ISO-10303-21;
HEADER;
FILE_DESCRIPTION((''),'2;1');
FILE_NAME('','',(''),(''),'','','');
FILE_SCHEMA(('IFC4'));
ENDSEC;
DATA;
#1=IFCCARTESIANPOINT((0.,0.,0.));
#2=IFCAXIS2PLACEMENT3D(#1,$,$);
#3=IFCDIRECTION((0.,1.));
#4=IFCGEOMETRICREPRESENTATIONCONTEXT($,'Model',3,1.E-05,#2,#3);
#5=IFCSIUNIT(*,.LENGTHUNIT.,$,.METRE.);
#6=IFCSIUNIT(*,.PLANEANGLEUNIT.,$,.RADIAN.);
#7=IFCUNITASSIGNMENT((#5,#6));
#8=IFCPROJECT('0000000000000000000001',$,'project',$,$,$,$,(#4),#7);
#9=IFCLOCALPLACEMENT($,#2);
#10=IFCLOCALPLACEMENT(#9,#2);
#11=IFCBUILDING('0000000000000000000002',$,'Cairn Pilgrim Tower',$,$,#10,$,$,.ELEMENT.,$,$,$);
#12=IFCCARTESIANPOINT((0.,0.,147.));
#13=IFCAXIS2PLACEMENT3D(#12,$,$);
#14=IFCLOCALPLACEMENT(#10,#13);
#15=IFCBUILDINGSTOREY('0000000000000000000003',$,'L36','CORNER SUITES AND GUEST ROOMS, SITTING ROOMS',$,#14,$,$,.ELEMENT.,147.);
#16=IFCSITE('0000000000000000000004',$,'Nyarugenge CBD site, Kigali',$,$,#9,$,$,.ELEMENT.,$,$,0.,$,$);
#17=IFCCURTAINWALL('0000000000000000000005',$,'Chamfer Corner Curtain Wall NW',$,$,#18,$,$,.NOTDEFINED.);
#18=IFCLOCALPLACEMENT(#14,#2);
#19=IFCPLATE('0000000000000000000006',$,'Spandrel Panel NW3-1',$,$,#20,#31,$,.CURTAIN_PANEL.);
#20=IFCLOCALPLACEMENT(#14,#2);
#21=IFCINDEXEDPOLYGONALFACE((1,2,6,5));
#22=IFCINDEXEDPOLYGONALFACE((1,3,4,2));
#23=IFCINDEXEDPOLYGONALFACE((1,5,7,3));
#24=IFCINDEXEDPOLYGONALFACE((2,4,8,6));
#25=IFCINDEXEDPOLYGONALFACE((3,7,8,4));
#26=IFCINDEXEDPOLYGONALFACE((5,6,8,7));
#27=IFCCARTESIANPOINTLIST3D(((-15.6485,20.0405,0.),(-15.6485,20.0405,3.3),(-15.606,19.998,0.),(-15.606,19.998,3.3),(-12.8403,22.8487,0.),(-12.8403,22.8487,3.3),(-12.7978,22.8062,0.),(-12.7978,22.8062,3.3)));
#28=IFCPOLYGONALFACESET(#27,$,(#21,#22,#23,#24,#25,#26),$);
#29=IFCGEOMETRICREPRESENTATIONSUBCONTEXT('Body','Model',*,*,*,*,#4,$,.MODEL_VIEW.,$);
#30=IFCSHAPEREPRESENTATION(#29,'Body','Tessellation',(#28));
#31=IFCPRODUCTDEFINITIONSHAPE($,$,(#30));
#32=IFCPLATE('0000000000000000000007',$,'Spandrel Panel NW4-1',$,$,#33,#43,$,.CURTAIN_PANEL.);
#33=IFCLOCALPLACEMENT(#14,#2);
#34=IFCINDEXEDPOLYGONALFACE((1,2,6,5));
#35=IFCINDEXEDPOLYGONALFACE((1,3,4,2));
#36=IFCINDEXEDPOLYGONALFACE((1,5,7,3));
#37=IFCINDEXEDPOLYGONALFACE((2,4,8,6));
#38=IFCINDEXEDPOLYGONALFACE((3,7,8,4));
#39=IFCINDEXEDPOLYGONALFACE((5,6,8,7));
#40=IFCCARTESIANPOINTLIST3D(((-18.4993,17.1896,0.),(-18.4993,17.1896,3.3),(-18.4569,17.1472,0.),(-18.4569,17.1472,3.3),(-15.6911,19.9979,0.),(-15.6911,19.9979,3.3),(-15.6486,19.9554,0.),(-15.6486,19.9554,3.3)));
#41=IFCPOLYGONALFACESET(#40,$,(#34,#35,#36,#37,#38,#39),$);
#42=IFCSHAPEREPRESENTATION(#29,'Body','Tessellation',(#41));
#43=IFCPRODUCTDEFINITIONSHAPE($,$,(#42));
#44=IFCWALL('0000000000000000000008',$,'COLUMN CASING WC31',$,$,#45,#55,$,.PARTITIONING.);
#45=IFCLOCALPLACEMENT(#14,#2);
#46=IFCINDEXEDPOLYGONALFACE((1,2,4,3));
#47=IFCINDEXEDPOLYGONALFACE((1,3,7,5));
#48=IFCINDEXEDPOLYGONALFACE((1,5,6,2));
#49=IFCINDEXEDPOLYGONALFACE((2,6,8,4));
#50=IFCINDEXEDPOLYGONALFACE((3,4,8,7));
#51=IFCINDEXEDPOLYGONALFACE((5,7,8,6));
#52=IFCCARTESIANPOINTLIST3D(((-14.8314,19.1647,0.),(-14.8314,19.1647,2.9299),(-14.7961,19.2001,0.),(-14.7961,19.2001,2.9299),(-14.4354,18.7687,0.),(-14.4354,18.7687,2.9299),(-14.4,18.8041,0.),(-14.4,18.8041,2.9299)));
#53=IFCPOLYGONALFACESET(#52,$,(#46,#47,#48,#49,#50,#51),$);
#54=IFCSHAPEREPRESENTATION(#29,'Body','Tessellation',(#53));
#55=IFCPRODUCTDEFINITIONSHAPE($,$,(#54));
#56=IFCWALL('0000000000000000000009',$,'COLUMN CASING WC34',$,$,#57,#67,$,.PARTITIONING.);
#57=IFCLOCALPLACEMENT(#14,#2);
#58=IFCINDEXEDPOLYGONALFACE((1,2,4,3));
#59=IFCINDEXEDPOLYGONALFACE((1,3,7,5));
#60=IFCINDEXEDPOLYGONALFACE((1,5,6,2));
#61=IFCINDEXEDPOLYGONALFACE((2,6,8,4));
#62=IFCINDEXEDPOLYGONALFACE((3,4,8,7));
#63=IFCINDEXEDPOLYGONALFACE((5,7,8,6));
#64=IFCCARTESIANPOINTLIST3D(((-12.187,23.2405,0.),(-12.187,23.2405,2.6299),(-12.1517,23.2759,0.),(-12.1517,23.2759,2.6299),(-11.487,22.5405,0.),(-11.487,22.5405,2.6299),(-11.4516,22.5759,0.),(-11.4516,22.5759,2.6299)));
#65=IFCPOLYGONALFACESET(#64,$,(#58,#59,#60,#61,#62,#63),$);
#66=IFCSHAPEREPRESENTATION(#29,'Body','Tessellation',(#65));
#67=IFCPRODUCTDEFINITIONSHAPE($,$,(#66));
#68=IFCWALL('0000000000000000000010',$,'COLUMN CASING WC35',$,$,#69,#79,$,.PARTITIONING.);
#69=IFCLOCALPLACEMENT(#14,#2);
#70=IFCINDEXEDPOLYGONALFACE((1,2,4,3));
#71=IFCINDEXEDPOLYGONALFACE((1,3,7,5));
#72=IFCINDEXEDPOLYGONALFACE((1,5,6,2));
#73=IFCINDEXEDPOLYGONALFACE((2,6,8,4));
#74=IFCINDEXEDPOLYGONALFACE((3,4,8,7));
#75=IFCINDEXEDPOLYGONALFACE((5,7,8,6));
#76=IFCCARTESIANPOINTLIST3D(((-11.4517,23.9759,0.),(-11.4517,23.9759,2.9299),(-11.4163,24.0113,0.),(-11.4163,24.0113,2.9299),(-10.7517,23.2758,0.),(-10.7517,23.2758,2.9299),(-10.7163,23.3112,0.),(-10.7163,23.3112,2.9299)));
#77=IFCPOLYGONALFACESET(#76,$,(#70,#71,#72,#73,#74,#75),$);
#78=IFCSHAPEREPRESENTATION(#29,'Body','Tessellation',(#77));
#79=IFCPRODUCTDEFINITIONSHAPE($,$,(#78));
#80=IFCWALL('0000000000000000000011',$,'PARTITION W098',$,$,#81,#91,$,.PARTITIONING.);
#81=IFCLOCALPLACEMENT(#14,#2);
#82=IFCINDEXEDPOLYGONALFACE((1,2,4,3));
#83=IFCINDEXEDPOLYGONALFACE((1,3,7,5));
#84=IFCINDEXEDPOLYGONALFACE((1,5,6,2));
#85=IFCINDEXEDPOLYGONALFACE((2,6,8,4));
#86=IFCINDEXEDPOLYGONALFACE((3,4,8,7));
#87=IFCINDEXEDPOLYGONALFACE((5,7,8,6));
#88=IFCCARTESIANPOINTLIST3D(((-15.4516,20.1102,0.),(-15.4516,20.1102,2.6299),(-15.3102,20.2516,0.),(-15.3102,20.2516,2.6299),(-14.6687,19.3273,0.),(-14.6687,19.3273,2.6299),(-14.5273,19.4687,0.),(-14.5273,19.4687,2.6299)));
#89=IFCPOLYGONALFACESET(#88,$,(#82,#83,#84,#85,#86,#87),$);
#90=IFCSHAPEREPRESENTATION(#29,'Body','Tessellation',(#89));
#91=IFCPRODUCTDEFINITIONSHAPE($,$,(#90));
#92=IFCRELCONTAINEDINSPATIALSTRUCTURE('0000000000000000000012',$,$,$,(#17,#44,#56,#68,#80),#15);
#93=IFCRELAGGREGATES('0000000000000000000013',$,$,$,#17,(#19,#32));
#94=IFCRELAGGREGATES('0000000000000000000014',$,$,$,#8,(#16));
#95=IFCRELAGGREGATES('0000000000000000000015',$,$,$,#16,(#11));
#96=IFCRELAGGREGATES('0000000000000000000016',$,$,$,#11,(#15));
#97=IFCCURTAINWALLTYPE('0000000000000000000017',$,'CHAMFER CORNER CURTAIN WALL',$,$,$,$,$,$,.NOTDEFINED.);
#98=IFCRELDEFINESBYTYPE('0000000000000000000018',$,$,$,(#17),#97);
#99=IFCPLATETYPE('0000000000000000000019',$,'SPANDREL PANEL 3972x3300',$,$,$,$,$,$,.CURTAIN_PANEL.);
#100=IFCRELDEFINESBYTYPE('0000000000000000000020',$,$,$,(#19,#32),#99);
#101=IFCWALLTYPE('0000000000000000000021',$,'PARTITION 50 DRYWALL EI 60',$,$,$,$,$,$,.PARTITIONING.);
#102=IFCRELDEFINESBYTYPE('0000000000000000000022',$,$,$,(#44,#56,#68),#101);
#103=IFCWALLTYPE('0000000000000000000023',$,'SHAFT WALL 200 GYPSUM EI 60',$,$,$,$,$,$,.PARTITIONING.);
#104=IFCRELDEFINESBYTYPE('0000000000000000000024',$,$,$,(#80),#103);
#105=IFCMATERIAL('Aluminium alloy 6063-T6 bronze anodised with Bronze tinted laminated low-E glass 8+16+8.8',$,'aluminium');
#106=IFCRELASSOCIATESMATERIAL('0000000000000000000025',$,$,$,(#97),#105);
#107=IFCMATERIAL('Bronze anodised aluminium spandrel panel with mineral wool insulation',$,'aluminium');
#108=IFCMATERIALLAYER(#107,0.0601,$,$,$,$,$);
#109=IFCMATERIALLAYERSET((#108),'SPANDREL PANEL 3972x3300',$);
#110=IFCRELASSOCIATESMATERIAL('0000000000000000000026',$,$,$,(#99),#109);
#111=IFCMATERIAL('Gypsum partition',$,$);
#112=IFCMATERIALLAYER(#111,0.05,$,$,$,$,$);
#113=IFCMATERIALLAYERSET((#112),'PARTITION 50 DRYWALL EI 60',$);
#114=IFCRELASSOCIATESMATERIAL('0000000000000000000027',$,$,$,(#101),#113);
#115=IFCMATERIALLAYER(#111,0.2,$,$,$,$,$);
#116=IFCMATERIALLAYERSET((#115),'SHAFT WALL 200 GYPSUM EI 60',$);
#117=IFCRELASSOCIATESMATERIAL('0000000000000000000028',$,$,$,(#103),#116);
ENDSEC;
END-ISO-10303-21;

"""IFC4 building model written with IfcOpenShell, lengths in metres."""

from ifc_helpers import new_model, si_unit, direction, frame, frame_2d, origin, origin_2d, place, context, subcontext, project, spatial, rectangle, extrude, material, layer, layer_set, type_object, element, aggregate, save


model = new_model("IFC4")

# Units and contexts
model_context = context("Model", 3, precision=1e-05, world=origin(), true_north=direction((0.0, 1.0)))
body_context = subcontext(model_context, "Body", "Model", "MODEL_VIEW")
ifc_project = project(units=[si_unit("LENGTHUNIT", "METRE"), si_unit("PLANEANGLEUNIT", "RADIAN")], contexts=[model_context])

# Site, building, storey
site_placement = place(None, origin())
site = spatial("IfcSite", under=ifc_project, at=site_placement, Name="Nyarugenge CBD site, Kigali", CompositionType="ELEMENT", RefElevation=0.0)
building_placement = place(site_placement, origin())
building = spatial("IfcBuilding", under=site, at=building_placement, Name="Cairn Pilgrim Tower", CompositionType="ELEMENT")
storey_placement = place(building_placement, frame((0.0, 0.0, 147.0)))
storey = spatial("IfcBuildingStorey", under=building, at=storey_placement, Name="L36", Description="CORNER SUITES AND GUEST ROOMS, SITTING ROOMS", CompositionType="ELEMENT", Elevation=147.0)

# Curtain wall
ifc_material_1 = material(Name="Aluminium alloy 6063-T6 bronze anodised with Bronze tinted laminated low-E glass 8+16+8.8", Category="aluminium")
curtain_wall_type_1 = type_object("IfcCurtainWallType", Name="CHAMFER CORNER CURTAIN WALL", PredefinedType="NOTDEFINED", material=ifc_material_1)
curtain_wall_1_placement = place(storey_placement, origin())
curtain_wall_1 = element("IfcCurtainWall", 1, at=curtain_wall_1_placement, inside=storey, type_object=curtain_wall_type_1, Name="Chamfer Corner Curtain Wall NW", PredefinedType="NOTDEFINED")

# Plates
ifc_material_2 = material(Name="Bronze anodised aluminium spandrel panel with mineral wool insulation", Category="aluminium")
ifc_layer_1 = layer(ifc_material_2, 0.0601)
ifc_layer_set_1 = layer_set([ifc_layer_1], Name="SPANDREL PANEL 3972x3300")
plate_type = type_object("IfcPlateType", Name="SPANDREL PANEL 3972x3300", PredefinedType="CURTAIN_PANEL", material=ifc_layer_set_1)
plate_1_placement = place(storey_placement, frame((-14.2231, 21.4233, 0.0), z_axis=(0.0, 0.0, 1.0), x_axis=(-0.707107, -0.707107, 0.0)))
plate_1 = element("IfcPlate", 2, at=plate_1_placement, type_object=plate_type, Name="Spandrel Panel NW3-1", PredefinedType="CURTAIN_PANEL", context=body_context, shape_type="SweptSolid", body=[
    extrude(rectangle(XDim=3.9714, YDim=0.0601, at=origin_2d()), origin(), (0.0, 0.0, 1.0), 3.3),
])
plate_2_placement = place(storey_placement, frame((-17.074, 18.5725, 0.0), z_axis=(0.0, 0.0, 1.0), x_axis=(-0.707107, -0.707107, 0.0)))
plate_2 = element("IfcPlate", 3, at=plate_2_placement, type_object=plate_type, Name="Spandrel Panel NW4-1", PredefinedType="CURTAIN_PANEL", context=body_context, shape_type="SweptSolid", body=[
    extrude(rectangle(XDim=3.9714, YDim=0.0601, at=origin_2d()), origin(), (0.0, 0.0, 1.0), 3.3),
])
aggregate(curtain_wall_1, [plate_1, plate_2])

# Walls
ifc_material_3 = material(Name="Gypsum partition")
ifc_layer_2 = layer(ifc_material_3, 0.05)
ifc_layer_set_2 = layer_set([ifc_layer_2], Name="PARTITION 50 DRYWALL EI 60")
wall_type_1 = type_object("IfcWallType", Name="PARTITION 50 DRYWALL EI 60", PredefinedType="PARTITIONING", material=ifc_layer_set_2)
wall_1_placement = place(storey_placement, frame((-14.4177, 18.7864, 0.0), z_axis=(0.0, 0.0, 1.0), x_axis=(-0.707107, 0.707107, 0.0)))
element("IfcWall", 4, at=wall_1_placement, inside=storey, type_object=wall_type_1, Name="COLUMN CASING WC31", PredefinedType="PARTITIONING", context=body_context, shape_type="SweptSolid", body=[
    extrude(rectangle(XDim=0.5601, YDim=0.05, at=frame_2d((0.28, 0.0))), origin(), (0.0, 0.0, 1.0), 2.9299),
])
wall_2_placement = place(storey_placement, frame((-11.4692, 22.5581, 0.0), z_axis=(0.0, 0.0, 1.0), x_axis=(-0.707107, 0.707107, 0.0)))
element("IfcWall", 5, at=wall_2_placement, inside=storey, type_object=wall_type_1, Name="COLUMN CASING WC34", PredefinedType="PARTITIONING", context=body_context, shape_type="SweptSolid", body=[
    extrude(rectangle(XDim=0.99, YDim=0.05, at=frame_2d((0.4951, 0.0))), origin(), (0.0, 0.0, 1.0), 2.6299),
])
wall_3_placement = place(storey_placement, frame((-10.7339, 23.2935, 0.0), z_axis=(0.0, 0.0, 1.0), x_axis=(-0.707107, 0.707107, 0.0)))
element("IfcWall", 6, at=wall_3_placement, inside=storey, type_object=wall_type_1, Name="COLUMN CASING WC35", PredefinedType="PARTITIONING", context=body_context, shape_type="SweptSolid", body=[
    extrude(rectangle(XDim=0.99, YDim=0.05, at=frame_2d((0.4951, 0.0))), origin(), (0.0, 0.0, 1.0), 2.9299),
])
ifc_layer_3 = layer(ifc_material_3, 0.2)
ifc_layer_set_3 = layer_set([ifc_layer_3], Name="SHAFT WALL 200 GYPSUM EI 60")
wall_type_2 = type_object("IfcWallType", Name="SHAFT WALL 200 GYPSUM EI 60", PredefinedType="PARTITIONING", material=ifc_layer_set_3)
wall_4_placement = place(storey_placement, frame((-14.5979, 19.3979, 0.0), z_axis=(0.0, 0.0, 1.0), x_axis=(-0.707107, 0.707107, 0.0)))
element("IfcWall", 7, at=wall_4_placement, inside=storey, type_object=wall_type_2, Name="PARTITION W098", PredefinedType="PARTITIONING", context=body_context, shape_type="SweptSolid", body=[
    extrude(rectangle(XDim=1.1072, YDim=0.2, at=frame_2d((0.5537, 0.0))), origin(), (0.0, 0.0, 1.0), 2.6299),
])

save(model, "model.ifc")
